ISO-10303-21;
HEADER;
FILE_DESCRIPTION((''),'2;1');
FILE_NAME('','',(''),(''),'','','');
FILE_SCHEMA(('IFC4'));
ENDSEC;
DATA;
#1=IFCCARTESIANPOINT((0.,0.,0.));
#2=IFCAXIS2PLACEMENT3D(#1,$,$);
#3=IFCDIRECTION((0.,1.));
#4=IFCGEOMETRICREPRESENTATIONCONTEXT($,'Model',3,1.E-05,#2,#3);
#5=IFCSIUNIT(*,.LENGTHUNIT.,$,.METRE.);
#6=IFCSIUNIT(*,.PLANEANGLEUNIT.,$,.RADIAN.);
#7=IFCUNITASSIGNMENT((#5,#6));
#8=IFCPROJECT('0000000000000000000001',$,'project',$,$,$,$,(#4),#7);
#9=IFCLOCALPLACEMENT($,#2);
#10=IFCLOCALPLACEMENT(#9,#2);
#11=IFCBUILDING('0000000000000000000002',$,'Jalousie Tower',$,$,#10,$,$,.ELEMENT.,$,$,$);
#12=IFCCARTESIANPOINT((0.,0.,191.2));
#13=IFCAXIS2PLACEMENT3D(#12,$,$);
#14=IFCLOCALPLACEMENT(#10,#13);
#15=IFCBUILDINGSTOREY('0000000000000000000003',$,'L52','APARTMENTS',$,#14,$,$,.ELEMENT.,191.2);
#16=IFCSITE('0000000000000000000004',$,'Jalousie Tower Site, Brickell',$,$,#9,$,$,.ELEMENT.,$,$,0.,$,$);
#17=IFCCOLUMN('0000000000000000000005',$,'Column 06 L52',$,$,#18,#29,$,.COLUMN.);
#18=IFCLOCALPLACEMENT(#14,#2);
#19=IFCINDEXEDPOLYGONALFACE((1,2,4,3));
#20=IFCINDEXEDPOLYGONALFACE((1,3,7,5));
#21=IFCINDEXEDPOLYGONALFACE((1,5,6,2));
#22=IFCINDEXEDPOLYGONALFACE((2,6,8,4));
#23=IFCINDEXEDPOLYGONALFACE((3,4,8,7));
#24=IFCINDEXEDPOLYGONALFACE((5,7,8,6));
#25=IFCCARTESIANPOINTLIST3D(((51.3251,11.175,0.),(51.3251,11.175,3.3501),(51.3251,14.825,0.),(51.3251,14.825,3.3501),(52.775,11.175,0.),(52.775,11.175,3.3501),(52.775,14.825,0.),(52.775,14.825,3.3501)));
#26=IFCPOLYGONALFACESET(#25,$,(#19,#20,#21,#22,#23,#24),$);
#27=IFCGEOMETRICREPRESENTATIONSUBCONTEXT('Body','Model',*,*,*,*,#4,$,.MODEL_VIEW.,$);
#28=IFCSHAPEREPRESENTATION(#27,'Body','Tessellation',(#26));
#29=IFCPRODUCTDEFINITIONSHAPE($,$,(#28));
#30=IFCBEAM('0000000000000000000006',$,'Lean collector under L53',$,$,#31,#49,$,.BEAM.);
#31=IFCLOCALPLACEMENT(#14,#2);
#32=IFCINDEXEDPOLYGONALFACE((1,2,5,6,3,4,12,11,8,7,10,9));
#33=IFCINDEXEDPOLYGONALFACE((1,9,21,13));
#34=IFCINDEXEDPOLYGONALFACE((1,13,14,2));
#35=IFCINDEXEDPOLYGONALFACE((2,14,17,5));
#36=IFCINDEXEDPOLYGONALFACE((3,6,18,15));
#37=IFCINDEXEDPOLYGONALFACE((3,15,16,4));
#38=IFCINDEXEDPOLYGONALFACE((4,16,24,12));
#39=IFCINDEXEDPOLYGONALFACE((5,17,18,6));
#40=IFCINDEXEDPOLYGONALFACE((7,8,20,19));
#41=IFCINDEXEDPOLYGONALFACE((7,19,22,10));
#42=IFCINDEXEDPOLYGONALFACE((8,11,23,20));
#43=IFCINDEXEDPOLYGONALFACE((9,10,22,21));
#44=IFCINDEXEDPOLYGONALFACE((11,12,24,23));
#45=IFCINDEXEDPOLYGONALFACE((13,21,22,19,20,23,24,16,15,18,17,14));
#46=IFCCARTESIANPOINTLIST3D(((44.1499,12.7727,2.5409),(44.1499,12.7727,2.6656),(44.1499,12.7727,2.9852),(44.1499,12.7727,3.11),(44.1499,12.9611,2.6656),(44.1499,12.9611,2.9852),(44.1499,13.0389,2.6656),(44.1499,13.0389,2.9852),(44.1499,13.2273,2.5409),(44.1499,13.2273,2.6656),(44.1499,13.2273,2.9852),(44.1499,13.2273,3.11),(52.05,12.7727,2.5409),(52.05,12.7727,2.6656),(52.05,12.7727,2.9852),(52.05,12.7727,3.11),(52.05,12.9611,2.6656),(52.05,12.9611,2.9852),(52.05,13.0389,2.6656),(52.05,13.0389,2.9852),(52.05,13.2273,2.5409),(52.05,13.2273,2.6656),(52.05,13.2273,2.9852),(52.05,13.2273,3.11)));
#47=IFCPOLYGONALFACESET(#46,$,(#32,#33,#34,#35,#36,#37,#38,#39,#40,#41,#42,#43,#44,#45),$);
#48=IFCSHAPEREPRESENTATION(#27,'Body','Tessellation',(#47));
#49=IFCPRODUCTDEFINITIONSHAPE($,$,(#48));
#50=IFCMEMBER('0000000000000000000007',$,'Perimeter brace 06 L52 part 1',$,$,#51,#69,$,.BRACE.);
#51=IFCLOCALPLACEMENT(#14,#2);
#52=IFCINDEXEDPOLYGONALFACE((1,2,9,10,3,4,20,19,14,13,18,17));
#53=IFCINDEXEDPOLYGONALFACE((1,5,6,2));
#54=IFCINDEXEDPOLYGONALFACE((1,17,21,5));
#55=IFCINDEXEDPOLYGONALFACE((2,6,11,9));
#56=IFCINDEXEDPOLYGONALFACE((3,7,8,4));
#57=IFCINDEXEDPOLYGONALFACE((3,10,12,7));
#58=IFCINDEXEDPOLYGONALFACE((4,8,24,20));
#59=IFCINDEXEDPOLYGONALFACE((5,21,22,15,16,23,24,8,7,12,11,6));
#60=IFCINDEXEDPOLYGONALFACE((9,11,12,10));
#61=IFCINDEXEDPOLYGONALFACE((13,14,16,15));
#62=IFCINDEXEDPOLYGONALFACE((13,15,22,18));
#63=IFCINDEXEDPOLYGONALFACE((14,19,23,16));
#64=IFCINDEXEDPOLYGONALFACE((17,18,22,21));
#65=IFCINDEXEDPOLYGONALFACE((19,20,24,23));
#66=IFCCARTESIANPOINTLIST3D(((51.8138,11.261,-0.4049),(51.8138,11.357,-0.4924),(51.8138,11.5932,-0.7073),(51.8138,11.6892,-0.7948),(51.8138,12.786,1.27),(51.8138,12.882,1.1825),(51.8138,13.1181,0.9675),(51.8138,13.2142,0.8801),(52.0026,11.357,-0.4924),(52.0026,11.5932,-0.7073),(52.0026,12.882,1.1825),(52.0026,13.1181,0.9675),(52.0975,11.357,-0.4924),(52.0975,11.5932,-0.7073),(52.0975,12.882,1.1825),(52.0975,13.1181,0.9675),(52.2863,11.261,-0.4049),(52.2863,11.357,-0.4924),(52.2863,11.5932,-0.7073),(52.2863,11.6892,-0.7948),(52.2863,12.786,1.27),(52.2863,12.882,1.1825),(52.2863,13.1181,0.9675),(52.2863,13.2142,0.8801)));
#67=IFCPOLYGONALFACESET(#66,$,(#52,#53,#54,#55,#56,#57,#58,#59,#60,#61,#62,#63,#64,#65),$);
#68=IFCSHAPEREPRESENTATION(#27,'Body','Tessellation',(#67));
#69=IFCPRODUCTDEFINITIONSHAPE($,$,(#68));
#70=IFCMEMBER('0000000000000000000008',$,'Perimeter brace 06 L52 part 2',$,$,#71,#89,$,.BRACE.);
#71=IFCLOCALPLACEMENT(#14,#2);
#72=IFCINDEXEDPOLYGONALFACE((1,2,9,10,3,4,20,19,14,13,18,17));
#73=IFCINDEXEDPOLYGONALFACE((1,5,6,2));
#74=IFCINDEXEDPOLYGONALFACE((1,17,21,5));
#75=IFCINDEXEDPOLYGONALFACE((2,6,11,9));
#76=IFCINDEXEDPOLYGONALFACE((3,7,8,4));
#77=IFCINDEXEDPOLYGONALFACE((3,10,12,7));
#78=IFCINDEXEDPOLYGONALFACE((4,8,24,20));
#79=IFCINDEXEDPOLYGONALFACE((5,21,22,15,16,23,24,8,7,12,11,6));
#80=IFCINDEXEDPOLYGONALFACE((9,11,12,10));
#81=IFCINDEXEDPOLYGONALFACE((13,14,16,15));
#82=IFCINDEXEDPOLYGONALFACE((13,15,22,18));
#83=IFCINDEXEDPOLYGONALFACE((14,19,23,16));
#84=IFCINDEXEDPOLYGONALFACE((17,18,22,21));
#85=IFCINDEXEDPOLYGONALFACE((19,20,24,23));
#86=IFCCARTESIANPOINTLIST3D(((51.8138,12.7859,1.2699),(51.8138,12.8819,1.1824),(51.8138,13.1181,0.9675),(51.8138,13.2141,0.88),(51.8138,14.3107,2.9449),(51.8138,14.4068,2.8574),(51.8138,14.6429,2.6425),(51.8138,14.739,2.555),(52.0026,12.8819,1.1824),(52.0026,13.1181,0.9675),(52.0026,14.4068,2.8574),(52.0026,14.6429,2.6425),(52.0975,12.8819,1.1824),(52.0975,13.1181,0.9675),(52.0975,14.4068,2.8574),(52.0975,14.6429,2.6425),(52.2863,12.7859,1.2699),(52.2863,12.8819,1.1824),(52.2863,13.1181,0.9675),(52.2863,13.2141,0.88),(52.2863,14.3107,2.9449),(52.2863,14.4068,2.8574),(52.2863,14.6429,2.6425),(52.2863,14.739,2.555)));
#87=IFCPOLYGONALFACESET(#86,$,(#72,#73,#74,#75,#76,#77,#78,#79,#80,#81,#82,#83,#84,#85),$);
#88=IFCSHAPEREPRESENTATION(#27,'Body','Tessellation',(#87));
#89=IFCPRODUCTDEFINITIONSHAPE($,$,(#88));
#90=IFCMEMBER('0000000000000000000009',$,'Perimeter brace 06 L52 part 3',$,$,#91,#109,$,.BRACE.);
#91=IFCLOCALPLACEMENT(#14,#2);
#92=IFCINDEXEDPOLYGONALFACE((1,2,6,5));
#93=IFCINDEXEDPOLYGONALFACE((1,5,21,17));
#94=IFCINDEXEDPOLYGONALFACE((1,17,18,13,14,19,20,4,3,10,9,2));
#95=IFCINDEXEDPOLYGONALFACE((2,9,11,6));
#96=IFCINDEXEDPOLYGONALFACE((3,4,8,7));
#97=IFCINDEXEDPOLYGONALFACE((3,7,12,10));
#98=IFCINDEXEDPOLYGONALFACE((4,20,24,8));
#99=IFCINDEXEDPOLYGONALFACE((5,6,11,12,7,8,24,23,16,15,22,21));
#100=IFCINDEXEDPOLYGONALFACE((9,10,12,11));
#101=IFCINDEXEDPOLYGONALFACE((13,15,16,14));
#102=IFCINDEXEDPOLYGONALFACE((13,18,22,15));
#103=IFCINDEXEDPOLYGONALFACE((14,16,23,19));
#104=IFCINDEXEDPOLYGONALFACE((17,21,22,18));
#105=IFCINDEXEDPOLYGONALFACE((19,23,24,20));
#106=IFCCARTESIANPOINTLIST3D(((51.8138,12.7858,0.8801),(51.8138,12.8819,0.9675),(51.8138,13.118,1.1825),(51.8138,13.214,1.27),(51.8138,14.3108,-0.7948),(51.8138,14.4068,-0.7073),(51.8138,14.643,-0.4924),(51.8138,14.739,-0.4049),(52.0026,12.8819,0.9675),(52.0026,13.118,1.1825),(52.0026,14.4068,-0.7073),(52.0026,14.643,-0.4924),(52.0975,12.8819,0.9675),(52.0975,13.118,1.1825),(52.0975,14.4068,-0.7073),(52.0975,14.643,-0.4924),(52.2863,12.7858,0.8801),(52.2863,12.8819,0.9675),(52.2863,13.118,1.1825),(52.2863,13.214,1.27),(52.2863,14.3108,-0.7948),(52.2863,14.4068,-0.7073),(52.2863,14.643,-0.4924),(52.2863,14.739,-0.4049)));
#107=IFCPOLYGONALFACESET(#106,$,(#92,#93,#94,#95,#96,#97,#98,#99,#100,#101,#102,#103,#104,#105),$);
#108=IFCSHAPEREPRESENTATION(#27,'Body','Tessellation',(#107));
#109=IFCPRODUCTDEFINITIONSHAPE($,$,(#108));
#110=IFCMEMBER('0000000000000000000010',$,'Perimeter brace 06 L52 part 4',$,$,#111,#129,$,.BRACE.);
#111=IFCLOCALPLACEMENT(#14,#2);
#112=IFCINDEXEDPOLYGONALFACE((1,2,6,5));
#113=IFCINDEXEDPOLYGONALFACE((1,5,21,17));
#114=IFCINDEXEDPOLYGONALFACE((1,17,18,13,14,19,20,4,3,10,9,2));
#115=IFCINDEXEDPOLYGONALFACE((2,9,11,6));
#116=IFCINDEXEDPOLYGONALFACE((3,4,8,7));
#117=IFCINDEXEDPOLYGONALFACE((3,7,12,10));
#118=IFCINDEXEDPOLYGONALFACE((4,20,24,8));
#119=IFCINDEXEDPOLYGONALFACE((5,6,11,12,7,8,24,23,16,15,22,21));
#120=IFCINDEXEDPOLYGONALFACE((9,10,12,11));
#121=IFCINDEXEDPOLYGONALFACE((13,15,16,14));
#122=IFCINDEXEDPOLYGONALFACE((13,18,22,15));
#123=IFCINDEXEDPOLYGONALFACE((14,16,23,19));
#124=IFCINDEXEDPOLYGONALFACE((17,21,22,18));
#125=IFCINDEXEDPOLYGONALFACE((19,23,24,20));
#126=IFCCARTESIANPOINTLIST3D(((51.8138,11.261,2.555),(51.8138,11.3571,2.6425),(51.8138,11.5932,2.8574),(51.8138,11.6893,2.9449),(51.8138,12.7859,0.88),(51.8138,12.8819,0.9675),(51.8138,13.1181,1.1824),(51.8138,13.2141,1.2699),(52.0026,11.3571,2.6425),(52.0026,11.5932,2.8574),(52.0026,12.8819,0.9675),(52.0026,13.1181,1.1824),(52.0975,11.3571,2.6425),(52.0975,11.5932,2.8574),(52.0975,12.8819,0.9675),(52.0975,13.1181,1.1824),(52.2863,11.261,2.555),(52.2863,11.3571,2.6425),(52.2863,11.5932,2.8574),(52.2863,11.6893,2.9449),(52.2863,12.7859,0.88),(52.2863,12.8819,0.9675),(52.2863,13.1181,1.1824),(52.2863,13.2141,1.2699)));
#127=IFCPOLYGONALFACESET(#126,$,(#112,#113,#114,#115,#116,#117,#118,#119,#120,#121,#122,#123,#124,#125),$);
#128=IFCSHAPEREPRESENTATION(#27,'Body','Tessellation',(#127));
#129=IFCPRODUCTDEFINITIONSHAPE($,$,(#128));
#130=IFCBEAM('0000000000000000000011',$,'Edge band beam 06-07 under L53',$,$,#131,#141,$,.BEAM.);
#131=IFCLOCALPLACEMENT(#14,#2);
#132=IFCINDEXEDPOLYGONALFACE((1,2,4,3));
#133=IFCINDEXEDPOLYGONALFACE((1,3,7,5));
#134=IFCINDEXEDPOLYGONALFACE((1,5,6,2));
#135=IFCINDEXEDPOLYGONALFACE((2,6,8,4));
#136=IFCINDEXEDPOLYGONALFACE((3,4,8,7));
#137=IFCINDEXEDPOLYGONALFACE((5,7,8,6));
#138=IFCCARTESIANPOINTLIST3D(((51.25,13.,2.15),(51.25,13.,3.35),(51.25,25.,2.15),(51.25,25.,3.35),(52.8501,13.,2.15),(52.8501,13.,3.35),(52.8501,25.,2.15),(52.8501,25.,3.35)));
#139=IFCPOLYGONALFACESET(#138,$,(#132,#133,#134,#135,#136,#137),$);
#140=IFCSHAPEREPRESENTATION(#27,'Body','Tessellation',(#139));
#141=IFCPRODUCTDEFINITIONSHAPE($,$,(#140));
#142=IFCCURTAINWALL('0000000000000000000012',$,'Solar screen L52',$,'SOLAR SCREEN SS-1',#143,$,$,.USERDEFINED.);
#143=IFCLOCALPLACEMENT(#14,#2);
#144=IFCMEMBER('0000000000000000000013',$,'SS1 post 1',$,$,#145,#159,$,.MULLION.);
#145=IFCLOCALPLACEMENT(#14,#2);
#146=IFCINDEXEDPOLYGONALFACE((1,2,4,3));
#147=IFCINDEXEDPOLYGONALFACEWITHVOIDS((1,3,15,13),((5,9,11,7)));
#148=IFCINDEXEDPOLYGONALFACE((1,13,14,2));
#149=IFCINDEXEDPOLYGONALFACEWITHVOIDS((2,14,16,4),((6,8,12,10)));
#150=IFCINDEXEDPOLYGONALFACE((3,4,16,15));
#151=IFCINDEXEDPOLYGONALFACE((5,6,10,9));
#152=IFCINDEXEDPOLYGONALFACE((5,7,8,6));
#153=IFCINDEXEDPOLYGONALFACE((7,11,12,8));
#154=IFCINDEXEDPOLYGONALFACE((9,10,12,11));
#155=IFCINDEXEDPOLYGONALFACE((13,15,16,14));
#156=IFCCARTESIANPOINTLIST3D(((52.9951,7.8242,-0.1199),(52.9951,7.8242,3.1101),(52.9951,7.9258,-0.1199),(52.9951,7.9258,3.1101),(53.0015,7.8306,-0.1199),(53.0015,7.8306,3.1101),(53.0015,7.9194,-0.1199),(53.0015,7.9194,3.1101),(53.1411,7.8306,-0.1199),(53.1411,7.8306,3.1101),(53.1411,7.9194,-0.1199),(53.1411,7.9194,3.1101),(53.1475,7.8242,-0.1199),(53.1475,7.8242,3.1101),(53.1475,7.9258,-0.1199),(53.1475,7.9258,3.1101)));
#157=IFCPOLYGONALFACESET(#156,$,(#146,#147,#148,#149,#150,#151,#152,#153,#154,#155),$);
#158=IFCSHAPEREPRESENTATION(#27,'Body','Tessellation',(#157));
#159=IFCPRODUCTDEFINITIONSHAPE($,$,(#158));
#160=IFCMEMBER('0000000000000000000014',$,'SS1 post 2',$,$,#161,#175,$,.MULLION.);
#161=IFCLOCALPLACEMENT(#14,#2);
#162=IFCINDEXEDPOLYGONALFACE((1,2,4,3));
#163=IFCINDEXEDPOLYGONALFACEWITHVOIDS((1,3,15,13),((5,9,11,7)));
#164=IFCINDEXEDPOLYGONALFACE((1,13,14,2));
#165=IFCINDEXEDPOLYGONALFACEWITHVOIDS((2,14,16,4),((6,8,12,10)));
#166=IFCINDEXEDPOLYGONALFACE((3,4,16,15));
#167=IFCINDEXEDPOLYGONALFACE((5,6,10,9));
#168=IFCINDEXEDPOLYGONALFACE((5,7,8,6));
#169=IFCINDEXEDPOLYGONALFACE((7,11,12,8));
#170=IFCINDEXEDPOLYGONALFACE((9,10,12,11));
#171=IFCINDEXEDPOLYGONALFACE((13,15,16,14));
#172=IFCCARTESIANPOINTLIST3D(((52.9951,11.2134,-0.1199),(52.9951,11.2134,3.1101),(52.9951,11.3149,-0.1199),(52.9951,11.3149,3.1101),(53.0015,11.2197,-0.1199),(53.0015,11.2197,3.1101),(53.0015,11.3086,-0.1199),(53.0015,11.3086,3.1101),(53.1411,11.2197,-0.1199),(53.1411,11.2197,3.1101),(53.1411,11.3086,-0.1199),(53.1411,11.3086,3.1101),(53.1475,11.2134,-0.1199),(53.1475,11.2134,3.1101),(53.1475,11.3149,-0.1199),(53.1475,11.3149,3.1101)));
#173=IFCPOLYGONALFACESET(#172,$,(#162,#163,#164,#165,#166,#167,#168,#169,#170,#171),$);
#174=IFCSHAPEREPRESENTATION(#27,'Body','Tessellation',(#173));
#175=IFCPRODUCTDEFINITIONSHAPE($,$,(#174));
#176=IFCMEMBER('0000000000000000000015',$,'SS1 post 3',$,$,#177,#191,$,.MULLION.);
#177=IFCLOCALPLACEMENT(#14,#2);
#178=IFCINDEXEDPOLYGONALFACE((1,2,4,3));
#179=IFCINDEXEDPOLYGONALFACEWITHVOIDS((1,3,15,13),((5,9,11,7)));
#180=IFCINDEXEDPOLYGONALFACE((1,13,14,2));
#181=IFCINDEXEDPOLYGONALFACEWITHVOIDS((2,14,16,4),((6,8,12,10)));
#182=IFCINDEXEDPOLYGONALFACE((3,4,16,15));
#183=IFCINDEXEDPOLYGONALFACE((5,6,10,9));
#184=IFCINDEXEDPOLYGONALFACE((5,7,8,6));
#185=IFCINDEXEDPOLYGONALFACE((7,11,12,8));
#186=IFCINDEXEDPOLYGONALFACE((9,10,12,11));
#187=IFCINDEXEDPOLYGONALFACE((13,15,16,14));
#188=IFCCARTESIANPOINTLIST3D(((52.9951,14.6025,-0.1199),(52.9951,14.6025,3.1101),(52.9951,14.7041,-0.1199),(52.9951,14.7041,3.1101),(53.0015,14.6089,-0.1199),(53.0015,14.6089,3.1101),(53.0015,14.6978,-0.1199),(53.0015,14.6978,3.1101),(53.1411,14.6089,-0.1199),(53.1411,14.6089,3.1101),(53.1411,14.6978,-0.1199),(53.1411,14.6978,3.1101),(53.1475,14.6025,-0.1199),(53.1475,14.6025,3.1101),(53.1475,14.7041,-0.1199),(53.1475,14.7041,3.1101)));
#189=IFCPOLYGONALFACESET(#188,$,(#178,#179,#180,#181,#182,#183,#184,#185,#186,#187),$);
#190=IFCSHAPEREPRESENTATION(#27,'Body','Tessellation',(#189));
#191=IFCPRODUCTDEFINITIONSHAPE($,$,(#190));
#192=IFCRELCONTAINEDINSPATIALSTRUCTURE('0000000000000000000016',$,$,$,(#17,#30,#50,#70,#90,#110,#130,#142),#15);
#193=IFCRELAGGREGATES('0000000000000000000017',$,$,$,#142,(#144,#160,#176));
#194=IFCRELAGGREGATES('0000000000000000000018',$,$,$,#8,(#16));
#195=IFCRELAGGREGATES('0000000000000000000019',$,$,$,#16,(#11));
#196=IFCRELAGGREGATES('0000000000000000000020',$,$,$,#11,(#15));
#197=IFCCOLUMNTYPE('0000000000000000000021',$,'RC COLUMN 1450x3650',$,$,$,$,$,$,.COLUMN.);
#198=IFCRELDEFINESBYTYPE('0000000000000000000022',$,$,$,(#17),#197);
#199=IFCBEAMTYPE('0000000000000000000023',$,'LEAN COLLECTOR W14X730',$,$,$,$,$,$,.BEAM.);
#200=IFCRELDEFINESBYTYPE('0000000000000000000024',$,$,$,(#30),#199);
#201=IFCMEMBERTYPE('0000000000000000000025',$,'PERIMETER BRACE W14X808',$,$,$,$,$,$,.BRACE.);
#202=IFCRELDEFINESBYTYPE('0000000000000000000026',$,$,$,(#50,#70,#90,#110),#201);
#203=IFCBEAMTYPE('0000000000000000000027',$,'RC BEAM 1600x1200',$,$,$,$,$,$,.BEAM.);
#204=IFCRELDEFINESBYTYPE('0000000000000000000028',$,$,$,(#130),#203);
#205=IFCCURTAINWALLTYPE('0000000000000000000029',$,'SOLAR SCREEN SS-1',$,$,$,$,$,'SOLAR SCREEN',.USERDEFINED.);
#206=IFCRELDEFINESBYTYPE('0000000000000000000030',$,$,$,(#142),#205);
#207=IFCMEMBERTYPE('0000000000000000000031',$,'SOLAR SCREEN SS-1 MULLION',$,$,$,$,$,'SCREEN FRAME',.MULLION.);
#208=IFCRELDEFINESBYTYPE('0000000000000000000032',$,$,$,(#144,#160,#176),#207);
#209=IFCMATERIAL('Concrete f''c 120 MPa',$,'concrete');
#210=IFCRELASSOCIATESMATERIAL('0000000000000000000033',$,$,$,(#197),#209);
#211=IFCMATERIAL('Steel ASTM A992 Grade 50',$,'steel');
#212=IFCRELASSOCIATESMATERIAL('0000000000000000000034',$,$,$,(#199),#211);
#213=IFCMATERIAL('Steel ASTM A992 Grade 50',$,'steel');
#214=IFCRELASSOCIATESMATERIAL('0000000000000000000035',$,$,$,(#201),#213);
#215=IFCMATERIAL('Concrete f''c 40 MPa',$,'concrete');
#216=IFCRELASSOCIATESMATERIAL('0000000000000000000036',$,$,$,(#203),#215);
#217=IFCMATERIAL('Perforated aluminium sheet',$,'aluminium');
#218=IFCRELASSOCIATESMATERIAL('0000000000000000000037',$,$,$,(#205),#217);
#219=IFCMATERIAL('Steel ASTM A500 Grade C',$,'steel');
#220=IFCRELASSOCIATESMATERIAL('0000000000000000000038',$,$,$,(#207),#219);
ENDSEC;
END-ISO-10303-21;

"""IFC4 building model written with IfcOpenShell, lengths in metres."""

from ifc_helpers import new_model, si_unit, direction, frame, origin, origin_2d, place, context, subcontext, project, spatial, rectangle, hollow_rectangle, i_section, extrude, material, material_profile, profile_set, type_object, element, aggregate, save


model = new_model("IFC4")

# Units and contexts
model_context = context("Model", 3, precision=1e-05, world=origin(), true_north=direction((0.0, 1.0)))
body_context = subcontext(model_context, "Body", "Model", "MODEL_VIEW")
ifc_project = project(units=[si_unit("LENGTHUNIT", "METRE"), si_unit("PLANEANGLEUNIT", "RADIAN")], contexts=[model_context])

# Site, building, storey
site_placement = place(None, origin())
site = spatial("IfcSite", under=ifc_project, at=site_placement, Name="Jalousie Tower Site, Brickell", CompositionType="ELEMENT", RefElevation=0.0)
building_placement = place(site_placement, origin())
building = spatial("IfcBuilding", under=site, at=building_placement, Name="Jalousie Tower", CompositionType="ELEMENT")
storey_placement = place(building_placement, frame((0.0, 0.0, 191.2)))
storey = spatial("IfcBuildingStorey", under=building, at=storey_placement, Name="L52", Description="APARTMENTS", CompositionType="ELEMENT", Elevation=191.2)

# Column
ifc_material_1 = material(Name="Concrete f'c 120 MPa", Category="concrete")
ifc_material_profile_1 = material_profile(ifc_material_1, rectangle(XDim=1.45, YDim=3.6499, at=origin_2d()), Name="RC 1450x3650")
ifc_profile_set_1 = profile_set([ifc_material_profile_1], Name="Concrete f'c 120 MPa")
column_type = type_object("IfcColumnType", Name="RC COLUMN 1450x3650", PredefinedType="COLUMN", material=ifc_profile_set_1)
column_placement = place(storey_placement, frame((52.05, 13.0, 0.0), z_axis=(0.0, 0.0, 1.0), x_axis=(1.0, 0.0, 0.0)))
element("IfcColumn", 1, at=column_placement, inside=storey, type_object=column_type, Name="Column 06 L52", PredefinedType="COLUMN", context=body_context, shape_type="SweptSolid", body=[
    extrude(rectangle(XDim=1.45, YDim=3.6499, at=origin_2d()), origin(), (0.0, 0.0, 1.0), 3.3501),
])

# Beam
ifc_material_2 = material(Name="Steel ASTM A992 Grade 50", Category="steel")
ifc_material_profile_2 = material_profile(ifc_material_2, i_section(OverallWidth=0.4546, OverallDepth=0.5691, WebThickness=0.0779, FlangeThickness=0.1248, at=origin_2d()), Name="W14X730")
ifc_profile_set_2 = profile_set([ifc_material_profile_2], Name="Steel ASTM A992 Grade 50")
beam_type_1 = type_object("IfcBeamType", Name="LEAN COLLECTOR W14X730", PredefinedType="BEAM", material=ifc_profile_set_2)
beam_1_placement = place(storey_placement, frame((52.05, 13.0, 2.8254), z_axis=(-1.0, 0.0, 0.0), x_axis=(0.0, -1.0, 0.0)))
element("IfcBeam", 2, at=beam_1_placement, inside=storey, type_object=beam_type_1, Name="Lean collector under L53", PredefinedType="BEAM", context=body_context, shape_type="SweptSolid", body=[
    extrude(i_section(OverallWidth=0.4546, OverallDepth=0.5691, WebThickness=0.0779, FlangeThickness=0.1248, at=origin_2d()), origin(), (0.0, 0.0, 1.0), 7.9001),
])

# Members
ifc_material_3 = material(Name="Steel ASTM A992 Grade 50", Category="steel")
ifc_material_profile_3 = material_profile(ifc_material_3, i_section(OverallWidth=0.4724, OverallDepth=0.5791, WebThickness=0.095, FlangeThickness=0.1299, at=origin_2d()), Name="W14X808")
ifc_profile_set_3 = profile_set([ifc_material_profile_3], Name="Steel ASTM A992 Grade 50")
member_type_1 = type_object("IfcMemberType", Name="PERIMETER BRACE W14X808", PredefinedType="BRACE", material=ifc_profile_set_3)
for number, where, z_axis, x_axis, name in (
    (3, (52.05, 11.4751, -0.5999), (0.0, 0.673241, 0.739423), (-1.0, 0.0, 0.0), "Perimeter brace 06 L52 part 1"),
    (4, (52.05, 13.0, 1.075), (0.0, 0.673188, 0.739472), (-1.0, 0.0, 0.0), "Perimeter brace 06 L52 part 2"),
    (5, (52.05, 14.5249, -0.5999), (0.0, -0.673241, 0.739423), (1.0, 0.0, 0.0), "Perimeter brace 06 L52 part 3"),
    (6, (52.05, 13.0, 1.075), (0.0, -0.673188, 0.739472), (1.0, 0.0, 0.0), "Perimeter brace 06 L52 part 4"),
):
    element("IfcMember", number, at=place(storey_placement, frame(where, z_axis=z_axis, x_axis=x_axis)), inside=storey, type_object=member_type_1, Name=name, PredefinedType="BRACE", context=body_context, shape_type="SweptSolid", body=[
        extrude(i_section(OverallWidth=0.4724, OverallDepth=0.5791, WebThickness=0.095, FlangeThickness=0.1299, at=origin_2d()), origin(), (0.0, 0.0, 1.0), 2.2651),
    ])

# Beam
ifc_material_4 = material(Name="Concrete f'c 40 MPa", Category="concrete")
ifc_material_profile_4 = material_profile(ifc_material_4, rectangle(XDim=1.6001, YDim=1.2, at=origin_2d()), Name="RC 1600x1200")
ifc_profile_set_4 = profile_set([ifc_material_profile_4], Name="Concrete f'c 40 MPa")
beam_type_2 = type_object("IfcBeamType", Name="RC BEAM 1600x1200", PredefinedType="BEAM", material=ifc_profile_set_4)
beam_2_placement = place(storey_placement, frame((52.05, 13.0, 2.75), z_axis=(0.0, 1.0, 0.0), x_axis=(-1.0, 0.0, 0.0)))
element("IfcBeam", 7, at=beam_2_placement, inside=storey, type_object=beam_type_2, Name="Edge band beam 06-07 under L53", PredefinedType="BEAM", context=body_context, shape_type="SweptSolid", body=[
    extrude(rectangle(XDim=1.6001, YDim=1.2, at=origin_2d()), origin(), (0.0, 0.0, 1.0), 12.0),
])

# Curtain wall, members
ifc_material_5 = material(Name="Perforated aluminium sheet", Category="aluminium")
curtain_wall_type = type_object("IfcCurtainWallType", Name="SOLAR SCREEN SS-1", ElementType="SOLAR SCREEN", PredefinedType="USERDEFINED", material=ifc_material_5)
curtain_wall_placement = place(storey_placement, origin())
curtain_wall = element("IfcCurtainWall", 8, at=curtain_wall_placement, inside=storey, type_object=curtain_wall_type, Name="Solar screen L52", ObjectType="SOLAR SCREEN SS-1", PredefinedType="USERDEFINED")
ifc_material_6 = material(Name="Steel ASTM A500 Grade C", Category="steel")
ifc_material_profile_5 = material_profile(ifc_material_6, hollow_rectangle(XDim=0.1016, YDim=0.1523, WallThickness=0.0063, at=origin_2d()), Name="HSS6X4X1/4")
ifc_profile_set_5 = profile_set([ifc_material_profile_5], Name="Steel ASTM A500 Grade C")
member_type_2 = type_object("IfcMemberType", Name="SOLAR SCREEN SS-1 MULLION", ElementType="SCREEN FRAME", PredefinedType="MULLION", material=ifc_profile_set_5)
member_1_placement = place(storey_placement, frame((53.0713, 7.875, -0.1199), z_axis=(0.0, 0.0, 1.0), x_axis=(0.0, 1.0, 0.0)))
member_1 = element("IfcMember", 9, at=member_1_placement, type_object=member_type_2, Name="SS1 post 1", PredefinedType="MULLION", context=body_context, shape_type="SweptSolid", body=[
    extrude(hollow_rectangle(XDim=0.1016, YDim=0.1523, WallThickness=0.0063, at=origin_2d()), origin(), (0.0, 0.0, 1.0), 3.23),
])
member_2_placement = place(storey_placement, frame((53.0713, 11.2642, -0.1199), z_axis=(0.0, 0.0, 1.0), x_axis=(0.0, 1.0, 0.0)))
member_2 = element("IfcMember", 10, at=member_2_placement, type_object=member_type_2, Name="SS1 post 2", PredefinedType="MULLION", context=body_context, shape_type="SweptSolid", body=[
    extrude(hollow_rectangle(XDim=0.1016, YDim=0.1523, WallThickness=0.0063, at=origin_2d()), origin(), (0.0, 0.0, 1.0), 3.23),
])
member_3_placement = place(storey_placement, frame((53.0713, 14.6533, -0.1199), z_axis=(0.0, 0.0, 1.0), x_axis=(0.0, 1.0, 0.0)))
member_3 = element("IfcMember", 11, at=member_3_placement, type_object=member_type_2, Name="SS1 post 3", PredefinedType="MULLION", context=body_context, shape_type="SweptSolid", body=[
    extrude(hollow_rectangle(XDim=0.1016, YDim=0.1523, WallThickness=0.0063, at=origin_2d()), origin(), (0.0, 0.0, 1.0), 3.23),
])
aggregate(curtain_wall, [member_1, member_2, member_3])

save(model, "model.ifc")
